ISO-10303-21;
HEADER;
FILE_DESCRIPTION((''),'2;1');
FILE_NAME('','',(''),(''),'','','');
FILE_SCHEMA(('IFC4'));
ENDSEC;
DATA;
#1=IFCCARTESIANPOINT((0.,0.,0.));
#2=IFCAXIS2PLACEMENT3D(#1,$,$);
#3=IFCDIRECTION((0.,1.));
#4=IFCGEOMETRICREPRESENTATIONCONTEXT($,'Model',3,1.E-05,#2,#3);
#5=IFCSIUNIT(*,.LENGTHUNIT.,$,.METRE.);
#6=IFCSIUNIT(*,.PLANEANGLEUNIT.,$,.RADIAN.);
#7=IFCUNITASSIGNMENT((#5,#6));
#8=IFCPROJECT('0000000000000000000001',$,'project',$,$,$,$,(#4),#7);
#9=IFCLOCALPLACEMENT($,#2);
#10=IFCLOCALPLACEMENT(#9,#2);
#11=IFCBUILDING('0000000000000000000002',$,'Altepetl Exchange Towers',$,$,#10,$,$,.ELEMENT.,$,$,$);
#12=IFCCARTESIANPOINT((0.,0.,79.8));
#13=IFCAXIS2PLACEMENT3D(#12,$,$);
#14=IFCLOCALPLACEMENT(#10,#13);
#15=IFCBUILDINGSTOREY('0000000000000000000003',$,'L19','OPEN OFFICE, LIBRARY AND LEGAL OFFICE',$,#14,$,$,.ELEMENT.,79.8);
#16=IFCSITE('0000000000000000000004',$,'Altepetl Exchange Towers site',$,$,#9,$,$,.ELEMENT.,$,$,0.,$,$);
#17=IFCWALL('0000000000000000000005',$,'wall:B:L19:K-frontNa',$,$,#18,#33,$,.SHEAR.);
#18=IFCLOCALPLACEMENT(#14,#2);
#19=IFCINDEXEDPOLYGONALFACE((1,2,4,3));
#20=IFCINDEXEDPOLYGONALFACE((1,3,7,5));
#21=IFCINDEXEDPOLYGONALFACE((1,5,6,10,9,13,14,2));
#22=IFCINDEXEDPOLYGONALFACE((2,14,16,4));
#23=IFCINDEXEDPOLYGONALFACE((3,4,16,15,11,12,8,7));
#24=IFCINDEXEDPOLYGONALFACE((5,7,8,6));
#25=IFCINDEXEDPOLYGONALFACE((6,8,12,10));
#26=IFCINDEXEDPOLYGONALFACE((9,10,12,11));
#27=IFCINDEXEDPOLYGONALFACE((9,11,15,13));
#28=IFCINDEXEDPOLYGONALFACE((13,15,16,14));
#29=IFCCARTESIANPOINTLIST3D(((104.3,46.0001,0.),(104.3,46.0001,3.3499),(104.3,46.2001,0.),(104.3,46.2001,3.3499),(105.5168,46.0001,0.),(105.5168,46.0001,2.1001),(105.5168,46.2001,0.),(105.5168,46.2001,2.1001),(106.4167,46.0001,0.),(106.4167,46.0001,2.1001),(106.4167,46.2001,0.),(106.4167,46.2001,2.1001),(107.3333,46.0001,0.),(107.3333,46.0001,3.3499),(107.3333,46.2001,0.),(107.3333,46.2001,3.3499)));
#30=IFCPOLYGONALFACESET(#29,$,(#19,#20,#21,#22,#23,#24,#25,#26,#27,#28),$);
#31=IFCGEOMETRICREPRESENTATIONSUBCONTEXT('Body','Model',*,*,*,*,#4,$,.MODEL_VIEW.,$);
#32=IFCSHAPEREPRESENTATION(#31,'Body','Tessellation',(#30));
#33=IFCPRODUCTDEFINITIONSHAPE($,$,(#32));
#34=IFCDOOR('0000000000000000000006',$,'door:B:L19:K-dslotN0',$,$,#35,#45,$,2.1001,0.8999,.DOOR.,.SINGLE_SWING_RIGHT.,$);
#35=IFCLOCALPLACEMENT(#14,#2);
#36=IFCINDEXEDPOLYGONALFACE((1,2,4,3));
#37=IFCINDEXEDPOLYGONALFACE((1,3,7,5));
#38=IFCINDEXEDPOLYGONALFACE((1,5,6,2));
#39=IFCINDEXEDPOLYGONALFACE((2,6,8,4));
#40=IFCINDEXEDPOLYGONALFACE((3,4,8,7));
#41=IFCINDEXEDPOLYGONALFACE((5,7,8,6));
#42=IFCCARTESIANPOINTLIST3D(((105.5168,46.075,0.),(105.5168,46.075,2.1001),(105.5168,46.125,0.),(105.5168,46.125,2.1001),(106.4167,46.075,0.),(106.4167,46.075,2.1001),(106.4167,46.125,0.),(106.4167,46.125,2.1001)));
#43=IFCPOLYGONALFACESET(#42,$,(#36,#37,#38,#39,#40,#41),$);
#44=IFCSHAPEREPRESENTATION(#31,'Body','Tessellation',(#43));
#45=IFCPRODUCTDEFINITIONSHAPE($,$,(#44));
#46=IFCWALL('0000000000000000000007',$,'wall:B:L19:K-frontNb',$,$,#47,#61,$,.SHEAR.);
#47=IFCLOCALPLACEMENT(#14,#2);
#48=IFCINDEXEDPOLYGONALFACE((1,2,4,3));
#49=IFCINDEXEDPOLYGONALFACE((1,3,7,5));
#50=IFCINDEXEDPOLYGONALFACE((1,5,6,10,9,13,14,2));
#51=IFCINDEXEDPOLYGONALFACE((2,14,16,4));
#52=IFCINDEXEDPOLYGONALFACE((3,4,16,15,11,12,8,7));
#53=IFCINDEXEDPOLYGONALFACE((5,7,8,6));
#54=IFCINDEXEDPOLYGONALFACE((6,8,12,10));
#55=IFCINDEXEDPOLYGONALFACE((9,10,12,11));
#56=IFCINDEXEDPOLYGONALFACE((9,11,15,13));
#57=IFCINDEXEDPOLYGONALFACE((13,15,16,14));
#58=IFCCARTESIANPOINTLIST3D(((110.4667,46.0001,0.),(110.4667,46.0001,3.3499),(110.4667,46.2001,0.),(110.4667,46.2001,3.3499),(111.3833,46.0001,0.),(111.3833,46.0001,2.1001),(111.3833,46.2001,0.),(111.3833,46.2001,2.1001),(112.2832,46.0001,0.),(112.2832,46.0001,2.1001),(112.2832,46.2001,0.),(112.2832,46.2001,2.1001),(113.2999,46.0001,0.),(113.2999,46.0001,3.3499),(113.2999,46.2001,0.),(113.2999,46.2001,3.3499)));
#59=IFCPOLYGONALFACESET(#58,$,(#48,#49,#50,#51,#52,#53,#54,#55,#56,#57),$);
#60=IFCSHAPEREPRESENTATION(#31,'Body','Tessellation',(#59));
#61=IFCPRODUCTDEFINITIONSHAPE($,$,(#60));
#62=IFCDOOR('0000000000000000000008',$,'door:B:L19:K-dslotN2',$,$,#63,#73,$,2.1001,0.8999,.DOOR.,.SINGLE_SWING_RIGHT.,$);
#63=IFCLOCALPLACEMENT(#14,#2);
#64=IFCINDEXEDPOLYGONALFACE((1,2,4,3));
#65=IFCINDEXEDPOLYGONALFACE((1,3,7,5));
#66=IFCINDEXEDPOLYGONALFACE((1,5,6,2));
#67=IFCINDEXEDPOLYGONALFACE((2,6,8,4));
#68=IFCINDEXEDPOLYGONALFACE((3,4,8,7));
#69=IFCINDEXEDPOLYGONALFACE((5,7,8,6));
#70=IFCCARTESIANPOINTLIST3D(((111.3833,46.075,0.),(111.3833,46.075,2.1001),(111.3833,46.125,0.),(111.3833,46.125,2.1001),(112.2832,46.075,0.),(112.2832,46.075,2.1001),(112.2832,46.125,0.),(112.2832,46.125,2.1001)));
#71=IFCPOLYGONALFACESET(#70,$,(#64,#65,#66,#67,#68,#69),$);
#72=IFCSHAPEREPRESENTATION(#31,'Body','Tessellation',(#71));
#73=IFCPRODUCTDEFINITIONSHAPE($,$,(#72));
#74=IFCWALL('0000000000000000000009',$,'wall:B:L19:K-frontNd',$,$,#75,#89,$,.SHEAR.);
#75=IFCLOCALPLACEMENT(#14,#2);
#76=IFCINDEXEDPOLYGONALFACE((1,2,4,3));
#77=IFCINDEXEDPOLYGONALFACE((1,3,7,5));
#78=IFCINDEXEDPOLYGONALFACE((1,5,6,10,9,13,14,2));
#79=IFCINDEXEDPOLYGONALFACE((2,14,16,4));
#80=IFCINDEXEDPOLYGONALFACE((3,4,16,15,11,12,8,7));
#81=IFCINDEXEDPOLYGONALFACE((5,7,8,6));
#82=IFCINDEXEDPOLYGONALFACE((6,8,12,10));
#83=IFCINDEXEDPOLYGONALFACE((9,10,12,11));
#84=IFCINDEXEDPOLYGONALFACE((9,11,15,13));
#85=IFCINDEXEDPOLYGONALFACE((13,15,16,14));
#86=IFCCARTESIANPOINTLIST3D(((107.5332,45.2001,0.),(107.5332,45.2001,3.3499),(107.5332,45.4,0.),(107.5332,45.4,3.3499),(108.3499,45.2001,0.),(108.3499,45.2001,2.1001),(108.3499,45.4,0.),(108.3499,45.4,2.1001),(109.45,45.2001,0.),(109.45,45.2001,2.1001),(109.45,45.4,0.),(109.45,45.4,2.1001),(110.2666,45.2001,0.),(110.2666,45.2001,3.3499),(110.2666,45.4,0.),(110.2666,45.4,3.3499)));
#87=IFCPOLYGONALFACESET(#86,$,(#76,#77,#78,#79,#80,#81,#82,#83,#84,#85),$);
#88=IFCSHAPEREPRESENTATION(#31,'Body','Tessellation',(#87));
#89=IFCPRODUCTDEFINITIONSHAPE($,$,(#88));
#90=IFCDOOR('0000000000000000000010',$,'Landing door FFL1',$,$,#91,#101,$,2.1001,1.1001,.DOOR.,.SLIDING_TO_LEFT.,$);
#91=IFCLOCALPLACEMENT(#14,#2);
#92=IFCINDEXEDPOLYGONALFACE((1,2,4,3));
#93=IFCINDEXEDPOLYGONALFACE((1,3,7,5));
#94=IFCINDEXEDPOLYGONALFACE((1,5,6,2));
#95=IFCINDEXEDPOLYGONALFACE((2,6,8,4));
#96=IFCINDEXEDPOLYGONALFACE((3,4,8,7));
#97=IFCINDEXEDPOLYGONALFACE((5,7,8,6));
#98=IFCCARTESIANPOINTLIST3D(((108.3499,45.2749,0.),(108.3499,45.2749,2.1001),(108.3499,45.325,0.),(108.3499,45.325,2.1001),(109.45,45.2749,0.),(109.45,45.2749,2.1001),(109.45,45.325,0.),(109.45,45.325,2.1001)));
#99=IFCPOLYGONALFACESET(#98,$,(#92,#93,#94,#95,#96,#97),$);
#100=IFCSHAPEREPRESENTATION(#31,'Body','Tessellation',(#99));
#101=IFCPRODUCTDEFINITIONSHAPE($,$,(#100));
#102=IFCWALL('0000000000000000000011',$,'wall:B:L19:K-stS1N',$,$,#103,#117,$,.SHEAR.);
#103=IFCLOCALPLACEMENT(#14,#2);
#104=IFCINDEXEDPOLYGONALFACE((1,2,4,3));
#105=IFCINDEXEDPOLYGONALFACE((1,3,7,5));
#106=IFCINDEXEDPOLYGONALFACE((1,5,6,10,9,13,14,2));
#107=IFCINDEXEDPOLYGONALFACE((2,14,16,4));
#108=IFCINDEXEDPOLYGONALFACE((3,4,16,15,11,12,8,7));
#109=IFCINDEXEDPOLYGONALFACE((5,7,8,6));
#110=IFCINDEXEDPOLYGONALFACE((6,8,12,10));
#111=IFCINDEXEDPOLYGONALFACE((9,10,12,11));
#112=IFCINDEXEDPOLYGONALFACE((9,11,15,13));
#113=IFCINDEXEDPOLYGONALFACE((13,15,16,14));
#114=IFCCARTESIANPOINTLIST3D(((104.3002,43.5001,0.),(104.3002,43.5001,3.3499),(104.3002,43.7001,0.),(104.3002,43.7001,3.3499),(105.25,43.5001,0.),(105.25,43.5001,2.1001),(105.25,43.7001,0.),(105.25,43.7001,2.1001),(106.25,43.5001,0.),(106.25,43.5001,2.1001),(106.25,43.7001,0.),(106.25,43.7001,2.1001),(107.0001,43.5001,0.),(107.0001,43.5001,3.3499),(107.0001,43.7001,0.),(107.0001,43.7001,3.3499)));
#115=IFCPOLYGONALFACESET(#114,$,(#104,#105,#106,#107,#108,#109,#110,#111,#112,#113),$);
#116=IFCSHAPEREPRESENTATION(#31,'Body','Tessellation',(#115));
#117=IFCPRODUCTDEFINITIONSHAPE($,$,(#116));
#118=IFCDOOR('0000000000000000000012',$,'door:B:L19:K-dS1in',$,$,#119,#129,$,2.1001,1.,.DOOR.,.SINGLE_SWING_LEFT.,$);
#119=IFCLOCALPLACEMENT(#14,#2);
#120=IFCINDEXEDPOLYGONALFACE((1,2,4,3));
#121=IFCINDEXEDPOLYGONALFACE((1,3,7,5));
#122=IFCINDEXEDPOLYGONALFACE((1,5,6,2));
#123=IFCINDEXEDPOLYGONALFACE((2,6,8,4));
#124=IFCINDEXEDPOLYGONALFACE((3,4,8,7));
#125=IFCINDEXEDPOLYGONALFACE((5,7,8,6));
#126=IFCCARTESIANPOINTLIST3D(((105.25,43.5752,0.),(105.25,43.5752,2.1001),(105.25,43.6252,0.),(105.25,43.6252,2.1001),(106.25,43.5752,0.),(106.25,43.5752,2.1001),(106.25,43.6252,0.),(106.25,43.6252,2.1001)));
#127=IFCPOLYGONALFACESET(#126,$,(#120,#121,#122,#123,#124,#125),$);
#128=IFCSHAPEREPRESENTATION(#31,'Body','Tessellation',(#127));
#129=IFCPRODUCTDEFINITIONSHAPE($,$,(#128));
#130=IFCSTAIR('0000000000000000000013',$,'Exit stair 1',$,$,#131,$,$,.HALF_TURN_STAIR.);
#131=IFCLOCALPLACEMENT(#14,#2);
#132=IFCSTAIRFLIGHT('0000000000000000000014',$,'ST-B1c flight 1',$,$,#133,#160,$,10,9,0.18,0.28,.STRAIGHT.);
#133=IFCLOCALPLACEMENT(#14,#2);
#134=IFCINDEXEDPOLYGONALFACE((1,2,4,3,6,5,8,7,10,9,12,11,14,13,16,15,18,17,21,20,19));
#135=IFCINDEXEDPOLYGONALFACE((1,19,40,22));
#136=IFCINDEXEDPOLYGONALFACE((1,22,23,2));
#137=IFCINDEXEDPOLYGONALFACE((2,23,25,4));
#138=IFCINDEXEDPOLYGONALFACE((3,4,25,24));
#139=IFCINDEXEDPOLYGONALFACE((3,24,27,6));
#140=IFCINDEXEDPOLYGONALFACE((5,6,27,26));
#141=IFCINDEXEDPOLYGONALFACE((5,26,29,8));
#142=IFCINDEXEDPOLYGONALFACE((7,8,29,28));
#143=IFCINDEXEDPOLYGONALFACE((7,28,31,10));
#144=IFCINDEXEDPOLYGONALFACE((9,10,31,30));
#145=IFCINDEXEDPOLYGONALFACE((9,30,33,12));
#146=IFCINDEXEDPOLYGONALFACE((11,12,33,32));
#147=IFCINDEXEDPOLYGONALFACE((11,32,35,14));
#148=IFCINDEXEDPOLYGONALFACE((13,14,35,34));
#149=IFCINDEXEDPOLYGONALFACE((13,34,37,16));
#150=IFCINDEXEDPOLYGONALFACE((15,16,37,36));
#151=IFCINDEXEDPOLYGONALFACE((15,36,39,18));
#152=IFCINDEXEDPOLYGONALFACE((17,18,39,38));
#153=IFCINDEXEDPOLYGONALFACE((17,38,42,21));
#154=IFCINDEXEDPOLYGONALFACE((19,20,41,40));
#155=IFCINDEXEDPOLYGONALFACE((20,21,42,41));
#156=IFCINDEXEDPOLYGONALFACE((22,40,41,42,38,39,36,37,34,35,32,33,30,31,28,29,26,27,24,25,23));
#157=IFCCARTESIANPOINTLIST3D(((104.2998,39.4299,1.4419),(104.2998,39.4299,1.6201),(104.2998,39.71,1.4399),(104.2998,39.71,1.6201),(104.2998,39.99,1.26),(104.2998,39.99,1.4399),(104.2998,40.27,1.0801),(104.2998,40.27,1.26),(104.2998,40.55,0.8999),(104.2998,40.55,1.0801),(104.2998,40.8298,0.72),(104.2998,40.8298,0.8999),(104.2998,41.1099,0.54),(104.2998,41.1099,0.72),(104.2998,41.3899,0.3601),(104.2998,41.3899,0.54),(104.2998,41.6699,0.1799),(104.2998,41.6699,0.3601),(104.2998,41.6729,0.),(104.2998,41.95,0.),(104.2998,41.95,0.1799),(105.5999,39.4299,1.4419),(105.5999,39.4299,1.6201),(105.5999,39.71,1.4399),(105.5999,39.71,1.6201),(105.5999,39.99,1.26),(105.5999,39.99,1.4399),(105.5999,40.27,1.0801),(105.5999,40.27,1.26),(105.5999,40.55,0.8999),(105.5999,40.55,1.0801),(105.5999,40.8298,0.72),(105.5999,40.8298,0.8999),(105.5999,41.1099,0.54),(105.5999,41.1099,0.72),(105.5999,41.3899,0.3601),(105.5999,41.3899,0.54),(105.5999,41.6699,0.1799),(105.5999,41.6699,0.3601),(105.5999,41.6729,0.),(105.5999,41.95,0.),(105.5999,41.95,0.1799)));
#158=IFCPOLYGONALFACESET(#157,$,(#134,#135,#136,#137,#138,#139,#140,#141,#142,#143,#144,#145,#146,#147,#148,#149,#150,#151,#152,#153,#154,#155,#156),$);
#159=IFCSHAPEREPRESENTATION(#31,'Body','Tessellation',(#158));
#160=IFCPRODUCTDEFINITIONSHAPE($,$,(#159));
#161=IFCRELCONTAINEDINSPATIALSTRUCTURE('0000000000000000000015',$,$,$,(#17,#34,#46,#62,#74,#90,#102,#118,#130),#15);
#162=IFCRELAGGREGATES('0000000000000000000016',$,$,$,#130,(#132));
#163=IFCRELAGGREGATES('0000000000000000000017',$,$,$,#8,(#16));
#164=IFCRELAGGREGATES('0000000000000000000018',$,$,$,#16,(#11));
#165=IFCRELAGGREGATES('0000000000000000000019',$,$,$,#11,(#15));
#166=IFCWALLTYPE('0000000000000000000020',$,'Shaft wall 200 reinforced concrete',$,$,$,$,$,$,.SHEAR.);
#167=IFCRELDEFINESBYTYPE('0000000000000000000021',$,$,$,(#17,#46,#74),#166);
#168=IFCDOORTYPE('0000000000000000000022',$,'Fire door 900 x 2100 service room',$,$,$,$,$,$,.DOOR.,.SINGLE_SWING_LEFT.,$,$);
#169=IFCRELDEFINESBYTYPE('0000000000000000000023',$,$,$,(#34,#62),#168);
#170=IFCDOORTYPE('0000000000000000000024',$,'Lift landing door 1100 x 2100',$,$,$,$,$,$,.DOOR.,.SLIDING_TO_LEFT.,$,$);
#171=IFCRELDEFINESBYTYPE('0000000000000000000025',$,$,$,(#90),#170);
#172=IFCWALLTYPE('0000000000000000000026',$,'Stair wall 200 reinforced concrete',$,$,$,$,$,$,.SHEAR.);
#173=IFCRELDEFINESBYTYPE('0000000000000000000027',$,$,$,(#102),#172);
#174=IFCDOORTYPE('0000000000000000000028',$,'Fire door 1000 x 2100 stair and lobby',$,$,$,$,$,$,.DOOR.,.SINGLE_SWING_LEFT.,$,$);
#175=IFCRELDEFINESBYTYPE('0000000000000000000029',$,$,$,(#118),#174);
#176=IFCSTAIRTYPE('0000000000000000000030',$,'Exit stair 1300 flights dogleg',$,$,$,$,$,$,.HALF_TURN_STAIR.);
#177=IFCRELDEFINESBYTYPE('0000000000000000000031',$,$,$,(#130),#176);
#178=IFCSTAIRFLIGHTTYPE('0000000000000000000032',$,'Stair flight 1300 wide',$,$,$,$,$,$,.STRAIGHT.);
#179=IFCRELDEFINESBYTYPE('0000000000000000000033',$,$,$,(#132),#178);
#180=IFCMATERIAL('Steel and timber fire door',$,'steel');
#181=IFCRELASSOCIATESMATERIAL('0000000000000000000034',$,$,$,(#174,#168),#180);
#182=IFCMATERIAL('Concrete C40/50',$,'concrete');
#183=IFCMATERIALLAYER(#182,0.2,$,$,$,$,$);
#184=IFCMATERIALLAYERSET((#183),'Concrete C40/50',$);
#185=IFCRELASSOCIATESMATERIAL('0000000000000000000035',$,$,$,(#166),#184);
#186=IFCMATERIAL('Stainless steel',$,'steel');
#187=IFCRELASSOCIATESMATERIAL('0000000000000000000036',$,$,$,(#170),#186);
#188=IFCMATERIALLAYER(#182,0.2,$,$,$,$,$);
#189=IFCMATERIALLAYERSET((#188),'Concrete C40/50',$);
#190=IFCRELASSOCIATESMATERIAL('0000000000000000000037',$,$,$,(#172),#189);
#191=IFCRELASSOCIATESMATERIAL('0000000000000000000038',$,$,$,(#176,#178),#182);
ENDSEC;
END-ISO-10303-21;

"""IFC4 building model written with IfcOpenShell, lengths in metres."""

from ifc_helpers import new_model, si_unit, direction, frame, frame_2d, origin, place, context, subcontext, project, spatial, polyline, rectangle, outline, extrude, material, layer, layer_set, type_object, element, fill, aggregate, save


model = new_model("IFC4")

# Units and contexts
model_context = context("Model", 3, precision=1e-05, world=origin(), true_north=direction((0.0, 1.0)))
body_context = subcontext(model_context, "Body", "Model", "MODEL_VIEW")
ifc_project = project(units=[si_unit("LENGTHUNIT", "METRE"), si_unit("PLANEANGLEUNIT", "RADIAN")], contexts=[model_context])

# Site, building, storey
site_placement = place(None, origin())
site = spatial("IfcSite", under=ifc_project, at=site_placement, Name="Altepetl Exchange Towers site", CompositionType="ELEMENT", RefElevation=0.0)
building_placement = place(site_placement, origin())
building = spatial("IfcBuilding", under=site, at=building_placement, Name="Altepetl Exchange Towers", CompositionType="ELEMENT")
storey_placement = place(building_placement, frame((0.0, 0.0, 79.8)))
storey = spatial("IfcBuildingStorey", under=building, at=storey_placement, Name="L19", Description="OPEN OFFICE, LIBRARY AND LEGAL OFFICE", CompositionType="ELEMENT", Elevation=79.8)

# Shared definitions
ifc_material_1 = material(Name="Steel and timber fire door", Category="steel")
door_type_1 = type_object("IfcDoorType", Name="Fire door 1000 x 2100 stair and lobby", OperationType="SINGLE_SWING_LEFT", PredefinedType="DOOR", material=ifc_material_1)
door_type_2 = type_object("IfcDoorType", Name="Fire door 900 x 2100 service room", OperationType="SINGLE_SWING_LEFT", PredefinedType="DOOR", material=ifc_material_1)

# Shared definitions
ifc_material_2 = material(Name="Concrete C40/50", Category="concrete")
ifc_layer_1 = layer(ifc_material_2, 0.2)
ifc_layer_set_1 = layer_set([ifc_layer_1], Name="Concrete C40/50")
wall_type_1 = type_object("IfcWallType", Name="Shaft wall 200 reinforced concrete", PredefinedType="SHEAR", material=ifc_layer_set_1)

# Walls, openings, doors
wall_1_placement = place(storey_placement, frame((104.3, 46.1001, 0.0)))
wall_1 = element("IfcWall", 1, at=wall_1_placement, inside=storey, type_object=wall_type_1, Name="wall:B:L19:K-frontNa", PredefinedType="SHEAR", context=body_context, shape_type="SweptSolid", body=[
    extrude(rectangle(XDim=3.0332, YDim=0.2, at=frame_2d((1.5166, 0.0))), origin(), (0.0, 0.0, 1.0), 3.3499),
])
opening_1_placement = place(wall_1_placement, frame((1.2168, 0.0, 0.0)))
opening_1 = element("IfcOpeningElement", 2, at=opening_1_placement, cuts=wall_1, PredefinedType="OPENING", context=body_context, shape_type="SweptSolid", body=[
    extrude(rectangle(XDim=0.8999, YDim=2.1001, at=frame_2d((0.45, 1.05))), frame((0.0, 0.1099, 0.0), z_axis=(0.0, -1.0, 0.0), x_axis=(1.0, 0.0, 0.0)), (0.0, 0.0, 1.0), 0.22),
])
door_1_placement = place(opening_1_placement, origin())
door_1 = element("IfcDoor", 3, at=door_1_placement, inside=storey, type_object=door_type_2, Name="door:B:L19:K-dslotN0", OperationType="SINGLE_SWING_RIGHT", OverallHeight=2.1001, OverallWidth=0.8999, PredefinedType="DOOR", context=body_context, shape_type="SweptSolid", body=[
    extrude(rectangle(XDim=0.8999, YDim=2.1001, at=frame_2d((0.45, 1.05))), frame((0.0, 0.0249, 0.0), z_axis=(0.0, -1.0, 0.0), x_axis=(1.0, 0.0, 0.0)), (0.0, 0.0, 1.0), 0.05),
])
fill(opening_1, door_1)
wall_2_placement = place(storey_placement, frame((110.4668, 46.1001, 0.0)))
wall_2 = element("IfcWall", 4, at=wall_2_placement, inside=storey, type_object=wall_type_1, Name="wall:B:L19:K-frontNb", PredefinedType="SHEAR", context=body_context, shape_type="SweptSolid", body=[
    extrude(rectangle(XDim=2.8333, YDim=0.2, at=frame_2d((1.4165, 0.0))), origin(), (0.0, 0.0, 1.0), 3.3499),
])
opening_2_placement = place(wall_2_placement, frame((0.9165, 0.0, 0.0)))
opening_2 = element("IfcOpeningElement", 5, at=opening_2_placement, cuts=wall_2, PredefinedType="OPENING", context=body_context, shape_type="SweptSolid", body=[
    extrude(rectangle(XDim=0.8999, YDim=2.1001, at=frame_2d((0.45, 1.05))), frame((0.0, 0.1099, 0.0), z_axis=(0.0, -1.0, 0.0), x_axis=(1.0, 0.0, 0.0)), (0.0, 0.0, 1.0), 0.22),
])
door_2_placement = place(opening_2_placement, origin())
door_2 = element("IfcDoor", 6, at=door_2_placement, inside=storey, type_object=door_type_2, Name="door:B:L19:K-dslotN2", OperationType="SINGLE_SWING_RIGHT", OverallHeight=2.1001, OverallWidth=0.8999, PredefinedType="DOOR", context=body_context, shape_type="SweptSolid", body=[
    extrude(rectangle(XDim=0.8999, YDim=2.1001, at=frame_2d((0.45, 1.05))), frame((0.0, 0.0249, 0.0), z_axis=(0.0, -1.0, 0.0), x_axis=(1.0, 0.0, 0.0)), (0.0, 0.0, 1.0), 0.05),
])
fill(opening_2, door_2)
wall_3_placement = place(storey_placement, frame((107.5332, 45.3, 0.0)))
wall_3 = element("IfcWall", 7, at=wall_3_placement, inside=storey, type_object=wall_type_1, Name="wall:B:L19:K-frontNd", PredefinedType="SHEAR", context=body_context, shape_type="SweptSolid", body=[
    extrude(rectangle(XDim=2.7334, YDim=0.2, at=frame_2d((1.3667, 0.0))), origin(), (0.0, 0.0, 1.0), 3.3499),
])
opening_3_placement = place(wall_3_placement, frame((0.8167, 0.0, 0.0)))
opening_3 = element("IfcOpeningElement", 8, at=opening_3_placement, cuts=wall_3, PredefinedType="OPENING", context=body_context, shape_type="SweptSolid", body=[
    extrude(rectangle(XDim=1.1001, YDim=2.1001, at=frame_2d((0.55, 1.05))), frame((0.0, 0.1099, 0.0), z_axis=(0.0, -1.0, 0.0), x_axis=(1.0, 0.0, 0.0)), (0.0, 0.0, 1.0), 0.22),
])
ifc_material_3 = material(Name="Stainless steel", Category="steel")
door_type_3 = type_object("IfcDoorType", Name="Lift landing door 1100 x 2100", OperationType="SLIDING_TO_LEFT", PredefinedType="DOOR", material=ifc_material_3)
door_3_placement = place(opening_3_placement, origin())
door_3 = element("IfcDoor", 9, at=door_3_placement, inside=storey, type_object=door_type_3, Name="Landing door FFL1", OperationType="SLIDING_TO_LEFT", OverallHeight=2.1001, OverallWidth=1.1001, PredefinedType="DOOR", context=body_context, shape_type="SweptSolid", body=[
    extrude(rectangle(XDim=1.1001, YDim=2.1001, at=frame_2d((0.55, 1.05))), frame((0.0, 0.0249, 0.0), z_axis=(0.0, -1.0, 0.0), x_axis=(1.0, 0.0, 0.0)), (0.0, 0.0, 1.0), 0.05),
])
fill(opening_3, door_3)
ifc_layer_2 = layer(ifc_material_2, 0.2)
ifc_layer_set_2 = layer_set([ifc_layer_2], Name="Concrete C40/50")
wall_type_2 = type_object("IfcWallType", Name="Stair wall 200 reinforced concrete", PredefinedType="SHEAR", material=ifc_layer_set_2)
wall_4_placement = place(storey_placement, frame((104.3, 43.6001, 0.0)))
wall_4 = element("IfcWall", 10, at=wall_4_placement, inside=storey, type_object=wall_type_2, Name="wall:B:L19:K-stS1N", PredefinedType="SHEAR", context=body_context, shape_type="SweptSolid", body=[
    extrude(rectangle(XDim=2.7, YDim=0.2, at=frame_2d((1.3501, 0.0))), origin(), (0.0, 0.0, 1.0), 3.3499),
])
opening_4_placement = place(wall_4_placement, frame((0.95, 0.0, 0.0)))
opening_4 = element("IfcOpeningElement", 11, at=opening_4_placement, cuts=wall_4, PredefinedType="OPENING", context=body_context, shape_type="SweptSolid", body=[
    extrude(rectangle(XDim=1.0, YDim=2.1001, at=frame_2d((0.5, 1.05))), frame((0.0, 0.1099, 0.0), z_axis=(0.0, -1.0, 0.0), x_axis=(1.0, 0.0, 0.0)), (0.0, 0.0, 1.0), 0.22),
])
door_4_placement = place(opening_4_placement, frame((1.0, 0.0, 0.0), x_axis=(-1.0, 0.0, 0.0)))
door_4 = element("IfcDoor", 12, at=door_4_placement, inside=storey, type_object=door_type_1, Name="door:B:L19:K-dS1in", OperationType="SINGLE_SWING_LEFT", OverallHeight=2.1001, OverallWidth=1.0, PredefinedType="DOOR", context=body_context, shape_type="SweptSolid", body=[
    extrude(rectangle(XDim=1.0, YDim=2.1001, at=frame_2d((0.5, 1.05))), frame((0.0, 0.0249, 0.0), z_axis=(0.0, -1.0, 0.0), x_axis=(1.0, 0.0, 0.0)), (0.0, 0.0, 1.0), 0.05),
])
fill(opening_4, door_4)

# Stair, stair flight
stair_type = type_object("IfcStairType", Name="Exit stair 1300 flights dogleg", PredefinedType="HALF_TURN_STAIR", material=ifc_material_2)
stair_1_placement = place(storey_placement, origin())
stair_1 = element("IfcStair", 13, at=stair_1_placement, inside=storey, type_object=stair_type, Name="Exit stair 1", PredefinedType="HALF_TURN_STAIR")
stair_flight_type = type_object("IfcStairFlightType", Name="Stair flight 1300 wide", PredefinedType="STRAIGHT", material=ifc_material_2)
stair_flight_1_placement = place(storey_placement, frame((104.95, 41.95, 0.0), z_axis=(0.0, 0.0, 1.0), x_axis=(0.0, -1.0, 0.0)))
stair_flight_1 = element("IfcStairFlight", 14, at=stair_flight_1_placement, type_object=stair_flight_type, Name="ST-B1c flight 1", NumberOfRisers=10, NumberOfTreads=9, PredefinedType="STRAIGHT", RiserHeight=0.18, TreadLength=0.28, context=body_context, shape_type="SweptSolid", body=[
    extrude(outline(polyline([(0.0, 0.0), (0.0, 0.1799), (0.28, 0.1799), (0.28, 0.3601), (0.5601, 0.3601), (0.5601, 0.54), (0.8401, 0.54), (0.8401, 0.72), (1.1201, 0.72), (1.1201, 0.8999), (1.3999, 0.8999), (1.3999, 1.0801), (1.6799, 1.0801), (1.6799, 1.26), (1.96, 1.26), (1.96, 1.4399), (2.24, 1.4399), (2.24, 1.6201), (2.52, 1.6201), (2.52, 1.8), (2.52, 1.4419), (0.2771, 0.0), (0.0, 0.0)])), frame((0.0, 0.6499, 0.0), z_axis=(0.0, -1.0, 0.0), x_axis=(1.0, 0.0, 0.0)), (0.0, 0.0, 1.0), 1.3),
])
aggregate(stair_1, [stair_flight_1])

save(model, "model.ifc")
